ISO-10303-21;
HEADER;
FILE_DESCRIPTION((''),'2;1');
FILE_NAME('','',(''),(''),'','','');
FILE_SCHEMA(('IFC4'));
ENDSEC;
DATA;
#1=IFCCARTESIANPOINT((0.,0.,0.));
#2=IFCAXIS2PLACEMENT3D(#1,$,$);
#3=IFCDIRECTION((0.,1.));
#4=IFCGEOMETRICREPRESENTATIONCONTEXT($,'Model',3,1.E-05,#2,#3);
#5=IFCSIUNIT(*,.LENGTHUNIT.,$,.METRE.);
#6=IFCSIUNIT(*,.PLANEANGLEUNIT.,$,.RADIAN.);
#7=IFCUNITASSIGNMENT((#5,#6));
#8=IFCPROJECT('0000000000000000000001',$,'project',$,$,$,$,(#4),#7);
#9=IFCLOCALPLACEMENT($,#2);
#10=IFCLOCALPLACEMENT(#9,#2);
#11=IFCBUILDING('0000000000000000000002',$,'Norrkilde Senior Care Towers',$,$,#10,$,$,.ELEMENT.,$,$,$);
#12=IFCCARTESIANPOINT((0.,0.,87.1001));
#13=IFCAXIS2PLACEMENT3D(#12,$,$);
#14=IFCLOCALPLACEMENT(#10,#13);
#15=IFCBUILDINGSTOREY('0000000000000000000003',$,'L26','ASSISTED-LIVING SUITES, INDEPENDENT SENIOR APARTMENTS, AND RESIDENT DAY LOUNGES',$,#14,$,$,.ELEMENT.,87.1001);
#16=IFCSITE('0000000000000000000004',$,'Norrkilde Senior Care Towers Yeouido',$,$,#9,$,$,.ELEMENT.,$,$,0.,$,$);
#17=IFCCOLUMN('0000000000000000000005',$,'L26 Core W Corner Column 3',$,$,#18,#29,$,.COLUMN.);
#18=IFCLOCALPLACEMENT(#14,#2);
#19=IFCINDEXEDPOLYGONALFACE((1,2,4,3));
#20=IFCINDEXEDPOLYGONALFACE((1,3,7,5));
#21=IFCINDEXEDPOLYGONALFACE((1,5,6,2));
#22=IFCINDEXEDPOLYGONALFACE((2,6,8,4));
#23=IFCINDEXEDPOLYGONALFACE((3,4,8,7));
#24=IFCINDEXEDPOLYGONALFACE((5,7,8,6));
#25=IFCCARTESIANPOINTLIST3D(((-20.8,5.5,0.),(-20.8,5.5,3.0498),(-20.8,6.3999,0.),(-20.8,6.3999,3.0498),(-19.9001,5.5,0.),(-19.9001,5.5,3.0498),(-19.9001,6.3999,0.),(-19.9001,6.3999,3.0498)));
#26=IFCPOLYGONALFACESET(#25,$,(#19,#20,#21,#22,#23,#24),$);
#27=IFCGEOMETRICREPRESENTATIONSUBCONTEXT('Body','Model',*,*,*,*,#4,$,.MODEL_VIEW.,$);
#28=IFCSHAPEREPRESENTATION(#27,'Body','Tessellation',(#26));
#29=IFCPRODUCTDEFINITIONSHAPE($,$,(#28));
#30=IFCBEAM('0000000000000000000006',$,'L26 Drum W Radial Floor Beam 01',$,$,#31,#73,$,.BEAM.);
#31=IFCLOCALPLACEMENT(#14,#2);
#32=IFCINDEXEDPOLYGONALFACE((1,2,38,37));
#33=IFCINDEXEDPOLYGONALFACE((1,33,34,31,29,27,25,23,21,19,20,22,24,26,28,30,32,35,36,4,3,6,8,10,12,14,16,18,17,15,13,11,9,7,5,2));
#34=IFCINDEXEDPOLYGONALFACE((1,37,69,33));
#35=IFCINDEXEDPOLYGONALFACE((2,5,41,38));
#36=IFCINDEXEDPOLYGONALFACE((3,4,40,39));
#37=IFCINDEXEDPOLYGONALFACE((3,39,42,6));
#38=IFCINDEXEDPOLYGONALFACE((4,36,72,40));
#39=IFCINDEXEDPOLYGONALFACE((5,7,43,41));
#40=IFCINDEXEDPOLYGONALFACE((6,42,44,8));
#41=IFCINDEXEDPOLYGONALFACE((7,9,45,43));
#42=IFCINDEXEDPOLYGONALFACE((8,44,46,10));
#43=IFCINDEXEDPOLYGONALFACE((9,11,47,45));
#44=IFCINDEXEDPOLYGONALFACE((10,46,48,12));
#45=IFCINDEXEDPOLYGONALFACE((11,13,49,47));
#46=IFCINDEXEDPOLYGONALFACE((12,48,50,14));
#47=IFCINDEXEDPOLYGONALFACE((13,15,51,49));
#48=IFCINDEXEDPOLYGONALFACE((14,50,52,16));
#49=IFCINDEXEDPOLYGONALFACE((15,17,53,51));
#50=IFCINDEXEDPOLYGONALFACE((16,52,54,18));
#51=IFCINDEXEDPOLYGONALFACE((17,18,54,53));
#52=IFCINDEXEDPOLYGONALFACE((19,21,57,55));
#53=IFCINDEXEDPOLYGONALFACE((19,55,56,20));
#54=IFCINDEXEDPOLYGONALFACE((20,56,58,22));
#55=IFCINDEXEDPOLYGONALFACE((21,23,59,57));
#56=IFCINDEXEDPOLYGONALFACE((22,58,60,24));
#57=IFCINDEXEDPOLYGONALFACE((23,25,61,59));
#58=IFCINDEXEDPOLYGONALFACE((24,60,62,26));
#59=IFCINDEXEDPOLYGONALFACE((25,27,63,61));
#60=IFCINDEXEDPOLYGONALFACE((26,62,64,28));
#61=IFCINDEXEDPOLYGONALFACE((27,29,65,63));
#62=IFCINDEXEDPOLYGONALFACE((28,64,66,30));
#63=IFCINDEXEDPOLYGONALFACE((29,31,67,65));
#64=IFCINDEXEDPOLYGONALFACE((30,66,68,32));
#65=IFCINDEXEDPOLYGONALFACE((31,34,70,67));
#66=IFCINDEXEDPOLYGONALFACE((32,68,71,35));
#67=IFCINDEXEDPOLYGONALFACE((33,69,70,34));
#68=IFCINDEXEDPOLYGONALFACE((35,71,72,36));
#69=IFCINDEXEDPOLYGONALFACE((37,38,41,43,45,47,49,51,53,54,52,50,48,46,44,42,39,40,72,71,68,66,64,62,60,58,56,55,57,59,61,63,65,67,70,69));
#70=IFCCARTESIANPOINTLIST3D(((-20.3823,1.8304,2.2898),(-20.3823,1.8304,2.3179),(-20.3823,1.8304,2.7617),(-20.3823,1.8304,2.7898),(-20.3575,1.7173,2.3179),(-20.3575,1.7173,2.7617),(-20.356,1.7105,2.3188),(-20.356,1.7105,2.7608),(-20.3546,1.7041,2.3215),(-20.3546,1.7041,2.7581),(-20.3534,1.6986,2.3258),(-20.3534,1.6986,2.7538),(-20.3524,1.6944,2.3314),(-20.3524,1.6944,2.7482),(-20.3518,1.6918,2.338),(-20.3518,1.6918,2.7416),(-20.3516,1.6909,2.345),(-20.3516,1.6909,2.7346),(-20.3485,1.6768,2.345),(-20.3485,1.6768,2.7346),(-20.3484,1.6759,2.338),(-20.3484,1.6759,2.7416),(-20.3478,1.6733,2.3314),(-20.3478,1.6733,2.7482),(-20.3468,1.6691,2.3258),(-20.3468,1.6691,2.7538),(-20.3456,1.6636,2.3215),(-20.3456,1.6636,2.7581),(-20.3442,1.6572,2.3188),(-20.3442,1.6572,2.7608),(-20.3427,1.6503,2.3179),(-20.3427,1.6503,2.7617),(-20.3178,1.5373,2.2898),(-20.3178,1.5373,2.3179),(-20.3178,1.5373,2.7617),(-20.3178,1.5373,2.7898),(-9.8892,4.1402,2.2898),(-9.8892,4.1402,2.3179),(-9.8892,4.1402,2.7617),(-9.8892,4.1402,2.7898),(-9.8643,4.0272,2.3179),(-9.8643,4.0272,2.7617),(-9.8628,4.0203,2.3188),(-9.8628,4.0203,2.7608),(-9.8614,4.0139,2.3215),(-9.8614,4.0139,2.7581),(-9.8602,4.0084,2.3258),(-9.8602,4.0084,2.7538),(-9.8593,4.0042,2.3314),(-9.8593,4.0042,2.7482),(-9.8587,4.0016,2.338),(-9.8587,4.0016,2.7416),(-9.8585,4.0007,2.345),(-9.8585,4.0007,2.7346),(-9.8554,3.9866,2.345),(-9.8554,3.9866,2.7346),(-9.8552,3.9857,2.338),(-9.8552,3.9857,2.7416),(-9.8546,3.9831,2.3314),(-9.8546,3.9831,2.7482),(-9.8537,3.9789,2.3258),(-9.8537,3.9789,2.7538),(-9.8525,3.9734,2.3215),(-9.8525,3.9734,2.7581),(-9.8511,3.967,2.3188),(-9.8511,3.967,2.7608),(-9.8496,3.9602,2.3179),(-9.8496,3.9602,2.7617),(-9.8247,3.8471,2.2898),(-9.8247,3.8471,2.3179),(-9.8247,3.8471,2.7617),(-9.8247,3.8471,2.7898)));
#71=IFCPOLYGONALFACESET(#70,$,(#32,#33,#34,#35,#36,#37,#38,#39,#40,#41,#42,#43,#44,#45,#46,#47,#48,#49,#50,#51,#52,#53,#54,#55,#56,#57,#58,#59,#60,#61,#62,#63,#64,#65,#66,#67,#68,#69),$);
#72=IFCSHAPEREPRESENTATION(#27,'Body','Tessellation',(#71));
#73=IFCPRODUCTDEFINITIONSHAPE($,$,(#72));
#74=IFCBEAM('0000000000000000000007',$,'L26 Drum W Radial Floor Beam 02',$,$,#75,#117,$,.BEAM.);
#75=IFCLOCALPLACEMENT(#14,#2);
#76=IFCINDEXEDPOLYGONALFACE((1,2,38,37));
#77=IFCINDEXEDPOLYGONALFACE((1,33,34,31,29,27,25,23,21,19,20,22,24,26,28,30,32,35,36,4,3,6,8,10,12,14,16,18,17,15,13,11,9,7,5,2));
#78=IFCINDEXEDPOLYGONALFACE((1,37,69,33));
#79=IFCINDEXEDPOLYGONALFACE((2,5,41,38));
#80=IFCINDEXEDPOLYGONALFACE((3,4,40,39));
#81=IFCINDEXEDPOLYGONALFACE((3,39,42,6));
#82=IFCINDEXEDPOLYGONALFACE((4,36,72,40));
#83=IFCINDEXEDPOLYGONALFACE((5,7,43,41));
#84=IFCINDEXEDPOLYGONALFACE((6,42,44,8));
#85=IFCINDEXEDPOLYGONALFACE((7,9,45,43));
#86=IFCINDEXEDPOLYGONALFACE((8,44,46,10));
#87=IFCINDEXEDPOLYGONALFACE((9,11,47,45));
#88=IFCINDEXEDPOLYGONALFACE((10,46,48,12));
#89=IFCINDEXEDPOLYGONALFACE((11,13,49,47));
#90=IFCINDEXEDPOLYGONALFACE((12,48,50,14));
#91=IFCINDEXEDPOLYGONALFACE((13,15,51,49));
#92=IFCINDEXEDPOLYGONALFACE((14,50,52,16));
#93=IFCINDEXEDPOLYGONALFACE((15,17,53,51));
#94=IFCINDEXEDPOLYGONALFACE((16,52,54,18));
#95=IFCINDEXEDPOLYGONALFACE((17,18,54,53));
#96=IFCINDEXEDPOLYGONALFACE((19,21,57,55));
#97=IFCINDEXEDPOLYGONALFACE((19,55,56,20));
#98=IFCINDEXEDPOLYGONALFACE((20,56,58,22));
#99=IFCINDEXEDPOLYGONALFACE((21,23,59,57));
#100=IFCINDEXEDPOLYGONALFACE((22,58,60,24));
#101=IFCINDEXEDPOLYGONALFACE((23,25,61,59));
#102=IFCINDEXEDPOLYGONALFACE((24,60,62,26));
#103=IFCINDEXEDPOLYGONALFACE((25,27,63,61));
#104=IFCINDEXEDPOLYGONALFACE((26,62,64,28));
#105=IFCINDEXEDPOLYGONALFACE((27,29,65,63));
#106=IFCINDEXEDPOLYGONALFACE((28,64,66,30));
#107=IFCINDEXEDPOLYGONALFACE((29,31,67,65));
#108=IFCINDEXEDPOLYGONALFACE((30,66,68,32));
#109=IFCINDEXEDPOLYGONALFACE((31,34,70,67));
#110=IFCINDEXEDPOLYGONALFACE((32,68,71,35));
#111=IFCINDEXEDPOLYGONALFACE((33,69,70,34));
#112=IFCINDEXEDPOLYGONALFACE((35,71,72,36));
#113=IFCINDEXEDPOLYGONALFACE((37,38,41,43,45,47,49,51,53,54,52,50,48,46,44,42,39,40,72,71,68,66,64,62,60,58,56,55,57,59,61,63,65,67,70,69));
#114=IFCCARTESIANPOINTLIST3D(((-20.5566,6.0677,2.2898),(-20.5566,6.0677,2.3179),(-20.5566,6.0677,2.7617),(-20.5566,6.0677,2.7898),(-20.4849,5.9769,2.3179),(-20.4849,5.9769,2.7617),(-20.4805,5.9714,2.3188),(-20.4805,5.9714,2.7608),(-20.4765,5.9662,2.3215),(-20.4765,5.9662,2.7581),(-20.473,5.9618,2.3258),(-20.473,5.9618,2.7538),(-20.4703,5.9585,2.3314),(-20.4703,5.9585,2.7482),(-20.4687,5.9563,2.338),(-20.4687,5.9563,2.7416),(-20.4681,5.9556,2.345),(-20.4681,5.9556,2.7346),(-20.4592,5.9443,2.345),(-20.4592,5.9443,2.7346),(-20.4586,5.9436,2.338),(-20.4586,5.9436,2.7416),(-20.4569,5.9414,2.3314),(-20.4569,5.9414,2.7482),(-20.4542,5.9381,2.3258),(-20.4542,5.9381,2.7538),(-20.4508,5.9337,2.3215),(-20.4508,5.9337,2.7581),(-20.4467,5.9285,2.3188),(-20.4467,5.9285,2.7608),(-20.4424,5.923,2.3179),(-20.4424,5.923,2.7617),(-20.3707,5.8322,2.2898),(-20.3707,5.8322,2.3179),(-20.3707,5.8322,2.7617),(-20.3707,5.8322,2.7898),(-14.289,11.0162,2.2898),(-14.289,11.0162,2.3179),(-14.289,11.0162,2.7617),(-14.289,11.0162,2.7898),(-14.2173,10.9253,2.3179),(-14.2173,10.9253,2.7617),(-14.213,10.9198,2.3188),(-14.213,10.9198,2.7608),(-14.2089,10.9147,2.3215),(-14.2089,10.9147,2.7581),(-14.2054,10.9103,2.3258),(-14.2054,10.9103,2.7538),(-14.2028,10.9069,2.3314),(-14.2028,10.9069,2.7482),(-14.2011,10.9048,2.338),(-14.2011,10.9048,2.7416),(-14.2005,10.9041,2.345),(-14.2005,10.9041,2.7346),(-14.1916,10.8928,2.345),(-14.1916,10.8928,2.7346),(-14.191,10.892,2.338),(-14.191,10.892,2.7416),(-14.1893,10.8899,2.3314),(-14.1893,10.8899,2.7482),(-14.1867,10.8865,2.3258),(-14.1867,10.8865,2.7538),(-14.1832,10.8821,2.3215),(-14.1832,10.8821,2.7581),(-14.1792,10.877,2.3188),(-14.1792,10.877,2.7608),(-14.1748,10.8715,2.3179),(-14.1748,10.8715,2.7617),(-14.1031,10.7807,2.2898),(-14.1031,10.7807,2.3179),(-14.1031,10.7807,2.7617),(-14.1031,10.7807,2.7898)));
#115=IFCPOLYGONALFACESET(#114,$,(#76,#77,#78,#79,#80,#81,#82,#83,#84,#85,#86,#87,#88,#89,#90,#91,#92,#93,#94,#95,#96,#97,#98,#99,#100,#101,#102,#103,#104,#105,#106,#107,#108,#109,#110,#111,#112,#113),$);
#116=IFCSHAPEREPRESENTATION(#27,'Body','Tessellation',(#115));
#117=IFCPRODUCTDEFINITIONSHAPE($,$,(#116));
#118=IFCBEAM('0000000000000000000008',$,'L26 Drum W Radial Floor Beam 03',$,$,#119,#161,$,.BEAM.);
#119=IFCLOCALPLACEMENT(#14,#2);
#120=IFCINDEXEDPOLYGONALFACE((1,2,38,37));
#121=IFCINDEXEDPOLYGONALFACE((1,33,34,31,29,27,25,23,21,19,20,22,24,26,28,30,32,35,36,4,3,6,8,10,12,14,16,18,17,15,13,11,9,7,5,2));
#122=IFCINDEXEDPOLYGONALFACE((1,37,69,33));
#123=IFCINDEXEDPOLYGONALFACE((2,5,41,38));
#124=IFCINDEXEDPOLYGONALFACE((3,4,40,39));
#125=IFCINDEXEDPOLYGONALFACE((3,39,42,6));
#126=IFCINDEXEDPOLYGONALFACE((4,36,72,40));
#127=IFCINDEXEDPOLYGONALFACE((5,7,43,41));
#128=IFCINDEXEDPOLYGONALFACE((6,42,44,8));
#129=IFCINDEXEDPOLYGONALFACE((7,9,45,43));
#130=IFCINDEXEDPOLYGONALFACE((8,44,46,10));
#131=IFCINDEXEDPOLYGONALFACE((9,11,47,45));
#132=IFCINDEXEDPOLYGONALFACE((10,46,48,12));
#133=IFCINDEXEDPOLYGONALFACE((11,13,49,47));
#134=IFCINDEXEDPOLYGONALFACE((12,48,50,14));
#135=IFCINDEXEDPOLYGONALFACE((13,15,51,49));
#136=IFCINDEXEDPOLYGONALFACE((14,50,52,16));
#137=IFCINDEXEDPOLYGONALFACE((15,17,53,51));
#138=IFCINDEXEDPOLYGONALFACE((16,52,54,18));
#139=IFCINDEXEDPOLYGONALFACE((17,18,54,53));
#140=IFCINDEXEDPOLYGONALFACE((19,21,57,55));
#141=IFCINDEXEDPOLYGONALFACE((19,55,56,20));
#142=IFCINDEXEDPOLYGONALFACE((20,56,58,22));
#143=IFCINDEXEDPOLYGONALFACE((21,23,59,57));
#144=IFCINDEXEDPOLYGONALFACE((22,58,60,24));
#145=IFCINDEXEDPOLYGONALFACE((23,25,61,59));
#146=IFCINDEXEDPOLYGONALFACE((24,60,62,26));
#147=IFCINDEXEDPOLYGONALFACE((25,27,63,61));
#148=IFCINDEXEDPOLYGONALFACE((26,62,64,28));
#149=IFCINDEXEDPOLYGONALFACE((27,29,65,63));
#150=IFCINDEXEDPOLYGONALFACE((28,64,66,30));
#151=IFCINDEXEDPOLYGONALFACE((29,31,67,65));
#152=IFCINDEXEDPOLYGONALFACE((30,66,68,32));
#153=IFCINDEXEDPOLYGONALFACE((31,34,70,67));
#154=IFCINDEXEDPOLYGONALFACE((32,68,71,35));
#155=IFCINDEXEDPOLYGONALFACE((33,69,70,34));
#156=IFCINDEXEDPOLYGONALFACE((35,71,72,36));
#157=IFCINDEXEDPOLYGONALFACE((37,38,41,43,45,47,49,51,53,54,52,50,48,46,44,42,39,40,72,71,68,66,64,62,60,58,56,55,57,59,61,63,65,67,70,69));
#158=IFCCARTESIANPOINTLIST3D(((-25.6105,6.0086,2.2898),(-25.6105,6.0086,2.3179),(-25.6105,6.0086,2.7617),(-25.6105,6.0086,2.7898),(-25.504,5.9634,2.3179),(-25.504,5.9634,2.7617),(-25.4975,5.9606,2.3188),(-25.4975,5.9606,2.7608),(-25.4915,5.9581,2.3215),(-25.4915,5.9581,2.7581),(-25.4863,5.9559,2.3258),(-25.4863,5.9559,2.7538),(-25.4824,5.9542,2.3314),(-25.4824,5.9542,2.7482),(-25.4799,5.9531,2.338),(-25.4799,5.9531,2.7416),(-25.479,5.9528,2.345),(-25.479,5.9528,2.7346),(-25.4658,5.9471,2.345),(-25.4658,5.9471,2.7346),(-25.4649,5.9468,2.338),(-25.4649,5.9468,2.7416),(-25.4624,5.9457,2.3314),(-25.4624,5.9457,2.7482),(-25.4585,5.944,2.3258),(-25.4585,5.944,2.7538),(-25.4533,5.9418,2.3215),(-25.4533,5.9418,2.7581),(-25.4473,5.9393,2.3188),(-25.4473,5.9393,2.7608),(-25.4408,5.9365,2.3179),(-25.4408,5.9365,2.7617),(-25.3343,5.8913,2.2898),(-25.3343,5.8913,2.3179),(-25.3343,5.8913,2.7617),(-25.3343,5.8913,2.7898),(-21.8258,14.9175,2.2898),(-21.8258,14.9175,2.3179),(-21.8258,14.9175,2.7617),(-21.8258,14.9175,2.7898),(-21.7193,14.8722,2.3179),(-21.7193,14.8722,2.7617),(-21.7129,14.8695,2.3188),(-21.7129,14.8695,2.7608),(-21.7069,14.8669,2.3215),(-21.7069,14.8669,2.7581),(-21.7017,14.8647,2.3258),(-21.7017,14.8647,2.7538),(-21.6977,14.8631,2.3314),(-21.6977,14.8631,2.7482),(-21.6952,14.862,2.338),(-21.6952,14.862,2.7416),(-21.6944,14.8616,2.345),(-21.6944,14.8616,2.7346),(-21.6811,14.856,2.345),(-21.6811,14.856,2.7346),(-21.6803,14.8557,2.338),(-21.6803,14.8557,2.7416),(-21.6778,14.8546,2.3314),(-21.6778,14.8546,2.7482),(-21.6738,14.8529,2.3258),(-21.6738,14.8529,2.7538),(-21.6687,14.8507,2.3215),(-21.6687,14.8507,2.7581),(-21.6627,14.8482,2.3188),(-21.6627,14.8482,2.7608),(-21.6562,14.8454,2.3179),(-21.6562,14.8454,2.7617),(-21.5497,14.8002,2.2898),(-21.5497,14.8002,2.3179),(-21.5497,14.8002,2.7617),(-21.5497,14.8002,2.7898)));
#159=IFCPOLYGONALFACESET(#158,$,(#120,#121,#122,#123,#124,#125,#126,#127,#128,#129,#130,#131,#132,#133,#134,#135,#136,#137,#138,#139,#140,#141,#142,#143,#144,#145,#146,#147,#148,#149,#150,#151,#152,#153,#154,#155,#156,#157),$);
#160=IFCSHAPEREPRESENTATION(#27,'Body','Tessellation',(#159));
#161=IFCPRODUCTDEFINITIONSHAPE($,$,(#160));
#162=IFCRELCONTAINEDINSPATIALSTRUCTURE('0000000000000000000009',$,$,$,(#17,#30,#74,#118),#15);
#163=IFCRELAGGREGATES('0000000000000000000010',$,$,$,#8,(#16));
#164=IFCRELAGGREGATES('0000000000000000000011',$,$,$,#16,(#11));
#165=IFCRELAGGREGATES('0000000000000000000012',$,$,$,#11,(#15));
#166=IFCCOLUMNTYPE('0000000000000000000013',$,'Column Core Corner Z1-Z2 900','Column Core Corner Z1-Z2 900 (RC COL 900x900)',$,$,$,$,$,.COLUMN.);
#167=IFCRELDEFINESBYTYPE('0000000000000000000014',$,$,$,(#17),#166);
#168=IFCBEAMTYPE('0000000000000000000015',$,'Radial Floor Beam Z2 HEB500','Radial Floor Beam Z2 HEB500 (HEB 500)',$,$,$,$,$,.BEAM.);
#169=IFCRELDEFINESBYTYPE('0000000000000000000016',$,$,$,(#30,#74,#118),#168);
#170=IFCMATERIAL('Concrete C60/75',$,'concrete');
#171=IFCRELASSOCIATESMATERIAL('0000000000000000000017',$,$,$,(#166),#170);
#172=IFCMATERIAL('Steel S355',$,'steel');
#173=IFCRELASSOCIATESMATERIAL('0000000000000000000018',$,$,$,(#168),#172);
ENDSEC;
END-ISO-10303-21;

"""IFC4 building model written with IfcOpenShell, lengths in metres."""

from ifc_helpers import new_model, si_unit, direction, frame, origin, origin_2d, place, context, subcontext, project, spatial, rectangle, i_section, extrude, source, transform, mapped, material, material_profile, profile_set, type_object, type_shapes, element, save


model = new_model("IFC4")

# Units and contexts
model_context = context("Model", 3, precision=1e-05, world=origin(), true_north=direction((0.0, 1.0)))
body_context = subcontext(model_context, "Body", "Model", "MODEL_VIEW")
ifc_project = project(units=[si_unit("LENGTHUNIT", "METRE"), si_unit("PLANEANGLEUNIT", "RADIAN")], contexts=[model_context])

# Site, building, storey
site_placement = place(None, origin())
site = spatial("IfcSite", under=ifc_project, at=site_placement, Name="Norrkilde Senior Care Towers Yeouido", CompositionType="ELEMENT", RefElevation=0.0)
building_placement = place(site_placement, origin())
building = spatial("IfcBuilding", under=site, at=building_placement, Name="Norrkilde Senior Care Towers", CompositionType="ELEMENT")
storey_placement = place(building_placement, frame((0.0, 0.0, 87.1001)))
storey = spatial("IfcBuildingStorey", under=building, at=storey_placement, Name="L26", Description="ASSISTED-LIVING SUITES, INDEPENDENT SENIOR APARTMENTS, AND RESIDENT DAY LOUNGES", CompositionType="ELEMENT", Elevation=87.1001)

# Column
ifc_material_1 = material(Name="Concrete C60/75", Category="concrete")
ifc_material_profile_1 = material_profile(ifc_material_1, rectangle(XDim=0.8999, YDim=0.8999, at=origin_2d()), Name="RC COL 900x900")
ifc_profile_set_1 = profile_set([ifc_material_profile_1], Name="Concrete C60/75")
column_type = type_object("IfcColumnType", Name="Column Core Corner Z1-Z2 900", Description="Column Core Corner Z1-Z2 900 (RC COL 900x900)", PredefinedType="COLUMN", material=ifc_profile_set_1)
shared_shape_1 = source(origin(), body_context, "Body", "SweptSolid", [
    extrude(rectangle(XDim=0.8999, YDim=0.8999, at=origin_2d()), origin(), (0.0, 0.0, 1.0), 3.0498),
])
type_shapes(column_type, [shared_shape_1])
column_placement = place(storey_placement, frame((-20.3501, 5.95, 0.0), z_axis=(0.0, 0.0, 1.0), x_axis=(1.0, 0.0, 0.0)))
element("IfcColumn", 1, at=column_placement, inside=storey, type_object=column_type, Name="L26 Core W Corner Column 3", PredefinedType="COLUMN", context=body_context, shape_type="MappedRepresentation", body=[
    mapped(shared_shape_1, transform((0.0, 0.0, 0.0), x_axis=(1.0, 0.0, 0.0), y_axis=(0.0, 1.0, 0.0), z_axis=(0.0, 0.0, 1.0), scale=1.0)),
])

# Beams
ifc_material_2 = material(Name="Steel S355", Category="steel")
ifc_material_profile_2 = material_profile(ifc_material_2, i_section(OverallWidth=0.3, OverallDepth=0.5, WebThickness=0.0144, FlangeThickness=0.0281, FilletRadius=0.0271, at=origin_2d()), Name="HEB 500")
ifc_profile_set_2 = profile_set([ifc_material_profile_2], Name="Steel S355")
beam_type = type_object("IfcBeamType", Name="Radial Floor Beam Z2 HEB500", Description="Radial Floor Beam Z2 HEB500 (HEB 500)", PredefinedType="BEAM", material=ifc_profile_set_2)
shared_shape_2 = source(origin(), body_context, "Body", "SweptSolid", [
    extrude(i_section(OverallWidth=0.3, OverallDepth=0.5, WebThickness=0.0144, FlangeThickness=0.0281, FilletRadius=0.0271, at=origin_2d()), origin(), (0.0, 0.0, 1.0), 10.7444),
])
beam_1_placement = place(storey_placement, frame((-20.3501, 1.6838, 2.5398), z_axis=(0.976619, 0.214979, 0.0), x_axis=(-0.214979, 0.976619, 0.0)))
element("IfcBeam", 2, at=beam_1_placement, inside=storey, type_object=beam_type, Name="L26 Drum W Radial Floor Beam 01", PredefinedType="BEAM", context=body_context, shape_type="MappedRepresentation", body=[
    mapped(shared_shape_2, transform((0.0, 0.0, 0.0), x_axis=(1.0, 0.0, 0.0), y_axis=(0.0, 1.0, 0.0), z_axis=(0.0, 0.0, 1.0), scale=1.0)),
])
shared_shape_3 = source(origin(), body_context, "Body", "SweptSolid", [
    extrude(i_section(OverallWidth=0.3, OverallDepth=0.5, WebThickness=0.0144, FlangeThickness=0.0281, FilletRadius=0.0271, at=origin_2d()), origin(), (0.0, 0.0, 1.0), 7.9856),
])
beam_2_placement = place(storey_placement, frame((-20.4636, 5.95, 2.5398), z_axis=(0.784859, 0.619675, 0.0), x_axis=(-0.619675, 0.784859, 0.0)))
element("IfcBeam", 3, at=beam_2_placement, inside=storey, type_object=beam_type, Name="L26 Drum W Radial Floor Beam 02", PredefinedType="BEAM", context=body_context, shape_type="MappedRepresentation", body=[
    mapped(shared_shape_3, transform((0.0, 0.0, 0.0), x_axis=(1.0, 0.0, 0.0), y_axis=(0.0, 1.0, 0.0), z_axis=(0.0, 0.0, 1.0), scale=1.0)),
])
shared_shape_4 = source(origin(), body_context, "Body", "SweptSolid", [
    extrude(i_section(OverallWidth=0.3, OverallDepth=0.5, WebThickness=0.0144, FlangeThickness=0.0281, FilletRadius=0.0271, at=origin_2d()), origin(), (0.0, 0.0, 1.0), 9.6794),
])
type_shapes(beam_type, [shared_shape_2, shared_shape_3, shared_shape_4])
beam_3_placement = place(storey_placement, frame((-25.4724, 5.95, 2.5398), z_axis=(0.390998, 0.920392, 0.0), x_axis=(-0.920392, 0.390998, 0.0)))
element("IfcBeam", 4, at=beam_3_placement, inside=storey, type_object=beam_type, Name="L26 Drum W Radial Floor Beam 03", PredefinedType="BEAM", context=body_context, shape_type="MappedRepresentation", body=[
    mapped(shared_shape_4, transform((0.0, 0.0, 0.0), x_axis=(1.0, 0.0, 0.0), y_axis=(0.0, 1.0, 0.0), z_axis=(0.0, 0.0, 1.0), scale=1.0)),
])

save(model, "model.ifc")
